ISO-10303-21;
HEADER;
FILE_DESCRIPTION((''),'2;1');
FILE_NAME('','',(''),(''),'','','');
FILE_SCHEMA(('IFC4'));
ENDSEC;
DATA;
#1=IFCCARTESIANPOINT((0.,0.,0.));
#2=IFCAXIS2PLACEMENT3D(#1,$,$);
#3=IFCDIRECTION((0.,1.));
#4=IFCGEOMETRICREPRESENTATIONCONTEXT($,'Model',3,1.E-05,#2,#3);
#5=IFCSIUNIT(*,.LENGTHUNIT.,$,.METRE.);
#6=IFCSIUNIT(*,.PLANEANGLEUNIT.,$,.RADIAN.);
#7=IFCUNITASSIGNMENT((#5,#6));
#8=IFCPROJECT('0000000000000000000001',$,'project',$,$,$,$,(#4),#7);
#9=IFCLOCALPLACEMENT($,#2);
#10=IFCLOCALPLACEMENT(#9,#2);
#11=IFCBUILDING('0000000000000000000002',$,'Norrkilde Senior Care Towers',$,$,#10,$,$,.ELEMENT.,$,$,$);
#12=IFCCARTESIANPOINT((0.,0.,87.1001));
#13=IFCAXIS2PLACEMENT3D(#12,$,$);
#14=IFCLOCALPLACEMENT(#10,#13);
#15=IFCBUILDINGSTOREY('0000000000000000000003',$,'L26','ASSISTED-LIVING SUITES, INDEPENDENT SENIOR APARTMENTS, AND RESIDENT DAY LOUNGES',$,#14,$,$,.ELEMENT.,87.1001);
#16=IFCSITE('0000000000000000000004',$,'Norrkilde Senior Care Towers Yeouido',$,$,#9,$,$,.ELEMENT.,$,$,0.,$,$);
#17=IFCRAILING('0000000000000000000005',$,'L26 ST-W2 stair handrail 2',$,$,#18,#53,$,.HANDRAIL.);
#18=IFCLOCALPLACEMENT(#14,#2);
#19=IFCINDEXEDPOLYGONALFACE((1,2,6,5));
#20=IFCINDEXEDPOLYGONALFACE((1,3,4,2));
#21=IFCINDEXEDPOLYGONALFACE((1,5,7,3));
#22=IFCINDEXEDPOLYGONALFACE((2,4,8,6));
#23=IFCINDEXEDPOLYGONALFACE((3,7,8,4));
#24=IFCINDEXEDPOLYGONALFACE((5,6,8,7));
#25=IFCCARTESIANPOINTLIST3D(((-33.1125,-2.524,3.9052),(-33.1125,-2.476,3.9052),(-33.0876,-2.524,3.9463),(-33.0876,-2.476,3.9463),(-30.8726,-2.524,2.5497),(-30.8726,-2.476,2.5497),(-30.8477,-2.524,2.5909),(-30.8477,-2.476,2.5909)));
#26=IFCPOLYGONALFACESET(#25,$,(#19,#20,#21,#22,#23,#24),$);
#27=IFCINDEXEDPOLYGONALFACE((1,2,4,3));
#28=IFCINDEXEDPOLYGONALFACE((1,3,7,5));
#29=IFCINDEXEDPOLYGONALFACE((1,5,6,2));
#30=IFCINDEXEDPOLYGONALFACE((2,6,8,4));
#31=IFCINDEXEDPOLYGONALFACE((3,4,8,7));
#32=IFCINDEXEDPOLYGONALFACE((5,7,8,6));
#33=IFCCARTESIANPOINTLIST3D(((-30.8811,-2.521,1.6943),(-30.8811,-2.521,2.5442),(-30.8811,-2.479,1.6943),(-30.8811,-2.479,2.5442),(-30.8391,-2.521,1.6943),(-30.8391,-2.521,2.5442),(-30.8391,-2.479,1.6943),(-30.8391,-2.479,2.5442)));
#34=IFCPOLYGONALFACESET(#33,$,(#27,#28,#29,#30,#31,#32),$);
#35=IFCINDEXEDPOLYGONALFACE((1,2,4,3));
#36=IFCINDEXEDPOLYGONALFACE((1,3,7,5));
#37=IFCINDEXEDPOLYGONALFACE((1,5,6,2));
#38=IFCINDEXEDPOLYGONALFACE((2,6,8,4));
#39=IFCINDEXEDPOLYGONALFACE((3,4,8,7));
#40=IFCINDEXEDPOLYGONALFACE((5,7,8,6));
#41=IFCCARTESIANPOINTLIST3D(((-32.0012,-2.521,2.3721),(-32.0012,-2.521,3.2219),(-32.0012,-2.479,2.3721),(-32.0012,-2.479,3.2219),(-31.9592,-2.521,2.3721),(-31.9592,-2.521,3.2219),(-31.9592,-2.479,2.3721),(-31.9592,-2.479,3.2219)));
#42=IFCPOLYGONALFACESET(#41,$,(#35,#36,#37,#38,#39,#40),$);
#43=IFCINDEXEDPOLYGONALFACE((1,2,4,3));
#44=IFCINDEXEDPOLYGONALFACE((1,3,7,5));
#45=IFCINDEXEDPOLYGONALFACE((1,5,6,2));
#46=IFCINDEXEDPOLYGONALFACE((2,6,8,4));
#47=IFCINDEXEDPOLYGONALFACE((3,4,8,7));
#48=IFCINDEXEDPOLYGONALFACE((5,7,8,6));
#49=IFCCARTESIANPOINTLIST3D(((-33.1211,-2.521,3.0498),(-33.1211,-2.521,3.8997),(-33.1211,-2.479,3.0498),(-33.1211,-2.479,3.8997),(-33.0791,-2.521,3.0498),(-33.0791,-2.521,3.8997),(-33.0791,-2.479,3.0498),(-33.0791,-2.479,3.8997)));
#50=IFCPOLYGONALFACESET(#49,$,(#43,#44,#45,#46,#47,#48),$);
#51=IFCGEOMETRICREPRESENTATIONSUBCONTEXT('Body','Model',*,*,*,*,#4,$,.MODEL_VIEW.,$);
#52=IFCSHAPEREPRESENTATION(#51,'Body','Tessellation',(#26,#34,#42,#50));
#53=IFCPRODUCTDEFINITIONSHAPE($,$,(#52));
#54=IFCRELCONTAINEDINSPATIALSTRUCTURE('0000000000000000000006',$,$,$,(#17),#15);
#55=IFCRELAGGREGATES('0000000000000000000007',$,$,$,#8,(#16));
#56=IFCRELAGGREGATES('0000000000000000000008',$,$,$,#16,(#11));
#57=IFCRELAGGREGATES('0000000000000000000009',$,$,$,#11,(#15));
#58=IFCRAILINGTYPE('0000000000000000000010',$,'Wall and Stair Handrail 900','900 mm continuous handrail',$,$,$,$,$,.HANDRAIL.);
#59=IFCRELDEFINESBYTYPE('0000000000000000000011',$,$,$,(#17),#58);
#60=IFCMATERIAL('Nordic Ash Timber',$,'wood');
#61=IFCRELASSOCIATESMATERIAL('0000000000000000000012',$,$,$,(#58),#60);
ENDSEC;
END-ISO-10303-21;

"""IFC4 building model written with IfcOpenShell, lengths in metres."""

from ifc_helpers import new_model, si_unit, direction, frame, origin, origin_2d, place, context, subcontext, project, spatial, rectangle, extrude, material, type_object, element, save


model = new_model("IFC4")

# Units and contexts
model_context = context("Model", 3, precision=1e-05, world=origin(), true_north=direction((0.0, 1.0)))
body_context = subcontext(model_context, "Body", "Model", "MODEL_VIEW")
ifc_project = project(units=[si_unit("LENGTHUNIT", "METRE"), si_unit("PLANEANGLEUNIT", "RADIAN")], contexts=[model_context])

# Site, building, storey
site_placement = place(None, origin())
site = spatial("IfcSite", under=ifc_project, at=site_placement, Name="Norrkilde Senior Care Towers Yeouido", CompositionType="ELEMENT", RefElevation=0.0)
building_placement = place(site_placement, origin())
building = spatial("IfcBuilding", under=site, at=building_placement, Name="Norrkilde Senior Care Towers", CompositionType="ELEMENT")
storey_placement = place(building_placement, frame((0.0, 0.0, 87.1001)))
storey = spatial("IfcBuildingStorey", under=building, at=storey_placement, Name="L26", Description="ASSISTED-LIVING SUITES, INDEPENDENT SENIOR APARTMENTS, AND RESIDENT DAY LOUNGES", CompositionType="ELEMENT", Elevation=87.1001)

# Shared definitions
ifc_material_1 = material(Name="Nordic Ash Timber", Category="wood")

# Railing
railing_type_1 = type_object("IfcRailingType", Name="Wall and Stair Handrail 900", Description="900 mm continuous handrail", PredefinedType="HANDRAIL", material=ifc_material_1)
railing_1_placement = place(storey_placement, frame((-30.8601, -2.5, 1.6943)))
element("IfcRailing", 1, at=railing_1_placement, inside=storey, type_object=railing_type_1, Name="L26 ST-W2 stair handrail 2", PredefinedType="HANDRAIL", context=body_context, shape_type="SweptSolid", body=[
    extrude(rectangle(XDim=0.0481, YDim=0.0481, at=origin_2d()), frame((0.0, 0.0, 0.876), z_axis=(-0.855553, 0.0, 0.517715), x_axis=(0.0, -1.0, 0.0)), (0.0, 0.0, 1.0), 2.6182),
    extrude(rectangle(XDim=0.042, YDim=0.042, at=origin_2d()), origin(), (0.0, 0.0, 1.0), 0.8499),
    extrude(rectangle(XDim=0.042, YDim=0.042, at=origin_2d()), frame((-1.1201, 0.0, 0.6777)), (0.0, 0.0, 1.0), 0.8499),
    extrude(rectangle(XDim=0.042, YDim=0.042, at=origin_2d()), frame((-2.24, 0.0, 1.3555)), (0.0, 0.0, 1.0), 0.8499),
])

save(model, "model.ifc")
